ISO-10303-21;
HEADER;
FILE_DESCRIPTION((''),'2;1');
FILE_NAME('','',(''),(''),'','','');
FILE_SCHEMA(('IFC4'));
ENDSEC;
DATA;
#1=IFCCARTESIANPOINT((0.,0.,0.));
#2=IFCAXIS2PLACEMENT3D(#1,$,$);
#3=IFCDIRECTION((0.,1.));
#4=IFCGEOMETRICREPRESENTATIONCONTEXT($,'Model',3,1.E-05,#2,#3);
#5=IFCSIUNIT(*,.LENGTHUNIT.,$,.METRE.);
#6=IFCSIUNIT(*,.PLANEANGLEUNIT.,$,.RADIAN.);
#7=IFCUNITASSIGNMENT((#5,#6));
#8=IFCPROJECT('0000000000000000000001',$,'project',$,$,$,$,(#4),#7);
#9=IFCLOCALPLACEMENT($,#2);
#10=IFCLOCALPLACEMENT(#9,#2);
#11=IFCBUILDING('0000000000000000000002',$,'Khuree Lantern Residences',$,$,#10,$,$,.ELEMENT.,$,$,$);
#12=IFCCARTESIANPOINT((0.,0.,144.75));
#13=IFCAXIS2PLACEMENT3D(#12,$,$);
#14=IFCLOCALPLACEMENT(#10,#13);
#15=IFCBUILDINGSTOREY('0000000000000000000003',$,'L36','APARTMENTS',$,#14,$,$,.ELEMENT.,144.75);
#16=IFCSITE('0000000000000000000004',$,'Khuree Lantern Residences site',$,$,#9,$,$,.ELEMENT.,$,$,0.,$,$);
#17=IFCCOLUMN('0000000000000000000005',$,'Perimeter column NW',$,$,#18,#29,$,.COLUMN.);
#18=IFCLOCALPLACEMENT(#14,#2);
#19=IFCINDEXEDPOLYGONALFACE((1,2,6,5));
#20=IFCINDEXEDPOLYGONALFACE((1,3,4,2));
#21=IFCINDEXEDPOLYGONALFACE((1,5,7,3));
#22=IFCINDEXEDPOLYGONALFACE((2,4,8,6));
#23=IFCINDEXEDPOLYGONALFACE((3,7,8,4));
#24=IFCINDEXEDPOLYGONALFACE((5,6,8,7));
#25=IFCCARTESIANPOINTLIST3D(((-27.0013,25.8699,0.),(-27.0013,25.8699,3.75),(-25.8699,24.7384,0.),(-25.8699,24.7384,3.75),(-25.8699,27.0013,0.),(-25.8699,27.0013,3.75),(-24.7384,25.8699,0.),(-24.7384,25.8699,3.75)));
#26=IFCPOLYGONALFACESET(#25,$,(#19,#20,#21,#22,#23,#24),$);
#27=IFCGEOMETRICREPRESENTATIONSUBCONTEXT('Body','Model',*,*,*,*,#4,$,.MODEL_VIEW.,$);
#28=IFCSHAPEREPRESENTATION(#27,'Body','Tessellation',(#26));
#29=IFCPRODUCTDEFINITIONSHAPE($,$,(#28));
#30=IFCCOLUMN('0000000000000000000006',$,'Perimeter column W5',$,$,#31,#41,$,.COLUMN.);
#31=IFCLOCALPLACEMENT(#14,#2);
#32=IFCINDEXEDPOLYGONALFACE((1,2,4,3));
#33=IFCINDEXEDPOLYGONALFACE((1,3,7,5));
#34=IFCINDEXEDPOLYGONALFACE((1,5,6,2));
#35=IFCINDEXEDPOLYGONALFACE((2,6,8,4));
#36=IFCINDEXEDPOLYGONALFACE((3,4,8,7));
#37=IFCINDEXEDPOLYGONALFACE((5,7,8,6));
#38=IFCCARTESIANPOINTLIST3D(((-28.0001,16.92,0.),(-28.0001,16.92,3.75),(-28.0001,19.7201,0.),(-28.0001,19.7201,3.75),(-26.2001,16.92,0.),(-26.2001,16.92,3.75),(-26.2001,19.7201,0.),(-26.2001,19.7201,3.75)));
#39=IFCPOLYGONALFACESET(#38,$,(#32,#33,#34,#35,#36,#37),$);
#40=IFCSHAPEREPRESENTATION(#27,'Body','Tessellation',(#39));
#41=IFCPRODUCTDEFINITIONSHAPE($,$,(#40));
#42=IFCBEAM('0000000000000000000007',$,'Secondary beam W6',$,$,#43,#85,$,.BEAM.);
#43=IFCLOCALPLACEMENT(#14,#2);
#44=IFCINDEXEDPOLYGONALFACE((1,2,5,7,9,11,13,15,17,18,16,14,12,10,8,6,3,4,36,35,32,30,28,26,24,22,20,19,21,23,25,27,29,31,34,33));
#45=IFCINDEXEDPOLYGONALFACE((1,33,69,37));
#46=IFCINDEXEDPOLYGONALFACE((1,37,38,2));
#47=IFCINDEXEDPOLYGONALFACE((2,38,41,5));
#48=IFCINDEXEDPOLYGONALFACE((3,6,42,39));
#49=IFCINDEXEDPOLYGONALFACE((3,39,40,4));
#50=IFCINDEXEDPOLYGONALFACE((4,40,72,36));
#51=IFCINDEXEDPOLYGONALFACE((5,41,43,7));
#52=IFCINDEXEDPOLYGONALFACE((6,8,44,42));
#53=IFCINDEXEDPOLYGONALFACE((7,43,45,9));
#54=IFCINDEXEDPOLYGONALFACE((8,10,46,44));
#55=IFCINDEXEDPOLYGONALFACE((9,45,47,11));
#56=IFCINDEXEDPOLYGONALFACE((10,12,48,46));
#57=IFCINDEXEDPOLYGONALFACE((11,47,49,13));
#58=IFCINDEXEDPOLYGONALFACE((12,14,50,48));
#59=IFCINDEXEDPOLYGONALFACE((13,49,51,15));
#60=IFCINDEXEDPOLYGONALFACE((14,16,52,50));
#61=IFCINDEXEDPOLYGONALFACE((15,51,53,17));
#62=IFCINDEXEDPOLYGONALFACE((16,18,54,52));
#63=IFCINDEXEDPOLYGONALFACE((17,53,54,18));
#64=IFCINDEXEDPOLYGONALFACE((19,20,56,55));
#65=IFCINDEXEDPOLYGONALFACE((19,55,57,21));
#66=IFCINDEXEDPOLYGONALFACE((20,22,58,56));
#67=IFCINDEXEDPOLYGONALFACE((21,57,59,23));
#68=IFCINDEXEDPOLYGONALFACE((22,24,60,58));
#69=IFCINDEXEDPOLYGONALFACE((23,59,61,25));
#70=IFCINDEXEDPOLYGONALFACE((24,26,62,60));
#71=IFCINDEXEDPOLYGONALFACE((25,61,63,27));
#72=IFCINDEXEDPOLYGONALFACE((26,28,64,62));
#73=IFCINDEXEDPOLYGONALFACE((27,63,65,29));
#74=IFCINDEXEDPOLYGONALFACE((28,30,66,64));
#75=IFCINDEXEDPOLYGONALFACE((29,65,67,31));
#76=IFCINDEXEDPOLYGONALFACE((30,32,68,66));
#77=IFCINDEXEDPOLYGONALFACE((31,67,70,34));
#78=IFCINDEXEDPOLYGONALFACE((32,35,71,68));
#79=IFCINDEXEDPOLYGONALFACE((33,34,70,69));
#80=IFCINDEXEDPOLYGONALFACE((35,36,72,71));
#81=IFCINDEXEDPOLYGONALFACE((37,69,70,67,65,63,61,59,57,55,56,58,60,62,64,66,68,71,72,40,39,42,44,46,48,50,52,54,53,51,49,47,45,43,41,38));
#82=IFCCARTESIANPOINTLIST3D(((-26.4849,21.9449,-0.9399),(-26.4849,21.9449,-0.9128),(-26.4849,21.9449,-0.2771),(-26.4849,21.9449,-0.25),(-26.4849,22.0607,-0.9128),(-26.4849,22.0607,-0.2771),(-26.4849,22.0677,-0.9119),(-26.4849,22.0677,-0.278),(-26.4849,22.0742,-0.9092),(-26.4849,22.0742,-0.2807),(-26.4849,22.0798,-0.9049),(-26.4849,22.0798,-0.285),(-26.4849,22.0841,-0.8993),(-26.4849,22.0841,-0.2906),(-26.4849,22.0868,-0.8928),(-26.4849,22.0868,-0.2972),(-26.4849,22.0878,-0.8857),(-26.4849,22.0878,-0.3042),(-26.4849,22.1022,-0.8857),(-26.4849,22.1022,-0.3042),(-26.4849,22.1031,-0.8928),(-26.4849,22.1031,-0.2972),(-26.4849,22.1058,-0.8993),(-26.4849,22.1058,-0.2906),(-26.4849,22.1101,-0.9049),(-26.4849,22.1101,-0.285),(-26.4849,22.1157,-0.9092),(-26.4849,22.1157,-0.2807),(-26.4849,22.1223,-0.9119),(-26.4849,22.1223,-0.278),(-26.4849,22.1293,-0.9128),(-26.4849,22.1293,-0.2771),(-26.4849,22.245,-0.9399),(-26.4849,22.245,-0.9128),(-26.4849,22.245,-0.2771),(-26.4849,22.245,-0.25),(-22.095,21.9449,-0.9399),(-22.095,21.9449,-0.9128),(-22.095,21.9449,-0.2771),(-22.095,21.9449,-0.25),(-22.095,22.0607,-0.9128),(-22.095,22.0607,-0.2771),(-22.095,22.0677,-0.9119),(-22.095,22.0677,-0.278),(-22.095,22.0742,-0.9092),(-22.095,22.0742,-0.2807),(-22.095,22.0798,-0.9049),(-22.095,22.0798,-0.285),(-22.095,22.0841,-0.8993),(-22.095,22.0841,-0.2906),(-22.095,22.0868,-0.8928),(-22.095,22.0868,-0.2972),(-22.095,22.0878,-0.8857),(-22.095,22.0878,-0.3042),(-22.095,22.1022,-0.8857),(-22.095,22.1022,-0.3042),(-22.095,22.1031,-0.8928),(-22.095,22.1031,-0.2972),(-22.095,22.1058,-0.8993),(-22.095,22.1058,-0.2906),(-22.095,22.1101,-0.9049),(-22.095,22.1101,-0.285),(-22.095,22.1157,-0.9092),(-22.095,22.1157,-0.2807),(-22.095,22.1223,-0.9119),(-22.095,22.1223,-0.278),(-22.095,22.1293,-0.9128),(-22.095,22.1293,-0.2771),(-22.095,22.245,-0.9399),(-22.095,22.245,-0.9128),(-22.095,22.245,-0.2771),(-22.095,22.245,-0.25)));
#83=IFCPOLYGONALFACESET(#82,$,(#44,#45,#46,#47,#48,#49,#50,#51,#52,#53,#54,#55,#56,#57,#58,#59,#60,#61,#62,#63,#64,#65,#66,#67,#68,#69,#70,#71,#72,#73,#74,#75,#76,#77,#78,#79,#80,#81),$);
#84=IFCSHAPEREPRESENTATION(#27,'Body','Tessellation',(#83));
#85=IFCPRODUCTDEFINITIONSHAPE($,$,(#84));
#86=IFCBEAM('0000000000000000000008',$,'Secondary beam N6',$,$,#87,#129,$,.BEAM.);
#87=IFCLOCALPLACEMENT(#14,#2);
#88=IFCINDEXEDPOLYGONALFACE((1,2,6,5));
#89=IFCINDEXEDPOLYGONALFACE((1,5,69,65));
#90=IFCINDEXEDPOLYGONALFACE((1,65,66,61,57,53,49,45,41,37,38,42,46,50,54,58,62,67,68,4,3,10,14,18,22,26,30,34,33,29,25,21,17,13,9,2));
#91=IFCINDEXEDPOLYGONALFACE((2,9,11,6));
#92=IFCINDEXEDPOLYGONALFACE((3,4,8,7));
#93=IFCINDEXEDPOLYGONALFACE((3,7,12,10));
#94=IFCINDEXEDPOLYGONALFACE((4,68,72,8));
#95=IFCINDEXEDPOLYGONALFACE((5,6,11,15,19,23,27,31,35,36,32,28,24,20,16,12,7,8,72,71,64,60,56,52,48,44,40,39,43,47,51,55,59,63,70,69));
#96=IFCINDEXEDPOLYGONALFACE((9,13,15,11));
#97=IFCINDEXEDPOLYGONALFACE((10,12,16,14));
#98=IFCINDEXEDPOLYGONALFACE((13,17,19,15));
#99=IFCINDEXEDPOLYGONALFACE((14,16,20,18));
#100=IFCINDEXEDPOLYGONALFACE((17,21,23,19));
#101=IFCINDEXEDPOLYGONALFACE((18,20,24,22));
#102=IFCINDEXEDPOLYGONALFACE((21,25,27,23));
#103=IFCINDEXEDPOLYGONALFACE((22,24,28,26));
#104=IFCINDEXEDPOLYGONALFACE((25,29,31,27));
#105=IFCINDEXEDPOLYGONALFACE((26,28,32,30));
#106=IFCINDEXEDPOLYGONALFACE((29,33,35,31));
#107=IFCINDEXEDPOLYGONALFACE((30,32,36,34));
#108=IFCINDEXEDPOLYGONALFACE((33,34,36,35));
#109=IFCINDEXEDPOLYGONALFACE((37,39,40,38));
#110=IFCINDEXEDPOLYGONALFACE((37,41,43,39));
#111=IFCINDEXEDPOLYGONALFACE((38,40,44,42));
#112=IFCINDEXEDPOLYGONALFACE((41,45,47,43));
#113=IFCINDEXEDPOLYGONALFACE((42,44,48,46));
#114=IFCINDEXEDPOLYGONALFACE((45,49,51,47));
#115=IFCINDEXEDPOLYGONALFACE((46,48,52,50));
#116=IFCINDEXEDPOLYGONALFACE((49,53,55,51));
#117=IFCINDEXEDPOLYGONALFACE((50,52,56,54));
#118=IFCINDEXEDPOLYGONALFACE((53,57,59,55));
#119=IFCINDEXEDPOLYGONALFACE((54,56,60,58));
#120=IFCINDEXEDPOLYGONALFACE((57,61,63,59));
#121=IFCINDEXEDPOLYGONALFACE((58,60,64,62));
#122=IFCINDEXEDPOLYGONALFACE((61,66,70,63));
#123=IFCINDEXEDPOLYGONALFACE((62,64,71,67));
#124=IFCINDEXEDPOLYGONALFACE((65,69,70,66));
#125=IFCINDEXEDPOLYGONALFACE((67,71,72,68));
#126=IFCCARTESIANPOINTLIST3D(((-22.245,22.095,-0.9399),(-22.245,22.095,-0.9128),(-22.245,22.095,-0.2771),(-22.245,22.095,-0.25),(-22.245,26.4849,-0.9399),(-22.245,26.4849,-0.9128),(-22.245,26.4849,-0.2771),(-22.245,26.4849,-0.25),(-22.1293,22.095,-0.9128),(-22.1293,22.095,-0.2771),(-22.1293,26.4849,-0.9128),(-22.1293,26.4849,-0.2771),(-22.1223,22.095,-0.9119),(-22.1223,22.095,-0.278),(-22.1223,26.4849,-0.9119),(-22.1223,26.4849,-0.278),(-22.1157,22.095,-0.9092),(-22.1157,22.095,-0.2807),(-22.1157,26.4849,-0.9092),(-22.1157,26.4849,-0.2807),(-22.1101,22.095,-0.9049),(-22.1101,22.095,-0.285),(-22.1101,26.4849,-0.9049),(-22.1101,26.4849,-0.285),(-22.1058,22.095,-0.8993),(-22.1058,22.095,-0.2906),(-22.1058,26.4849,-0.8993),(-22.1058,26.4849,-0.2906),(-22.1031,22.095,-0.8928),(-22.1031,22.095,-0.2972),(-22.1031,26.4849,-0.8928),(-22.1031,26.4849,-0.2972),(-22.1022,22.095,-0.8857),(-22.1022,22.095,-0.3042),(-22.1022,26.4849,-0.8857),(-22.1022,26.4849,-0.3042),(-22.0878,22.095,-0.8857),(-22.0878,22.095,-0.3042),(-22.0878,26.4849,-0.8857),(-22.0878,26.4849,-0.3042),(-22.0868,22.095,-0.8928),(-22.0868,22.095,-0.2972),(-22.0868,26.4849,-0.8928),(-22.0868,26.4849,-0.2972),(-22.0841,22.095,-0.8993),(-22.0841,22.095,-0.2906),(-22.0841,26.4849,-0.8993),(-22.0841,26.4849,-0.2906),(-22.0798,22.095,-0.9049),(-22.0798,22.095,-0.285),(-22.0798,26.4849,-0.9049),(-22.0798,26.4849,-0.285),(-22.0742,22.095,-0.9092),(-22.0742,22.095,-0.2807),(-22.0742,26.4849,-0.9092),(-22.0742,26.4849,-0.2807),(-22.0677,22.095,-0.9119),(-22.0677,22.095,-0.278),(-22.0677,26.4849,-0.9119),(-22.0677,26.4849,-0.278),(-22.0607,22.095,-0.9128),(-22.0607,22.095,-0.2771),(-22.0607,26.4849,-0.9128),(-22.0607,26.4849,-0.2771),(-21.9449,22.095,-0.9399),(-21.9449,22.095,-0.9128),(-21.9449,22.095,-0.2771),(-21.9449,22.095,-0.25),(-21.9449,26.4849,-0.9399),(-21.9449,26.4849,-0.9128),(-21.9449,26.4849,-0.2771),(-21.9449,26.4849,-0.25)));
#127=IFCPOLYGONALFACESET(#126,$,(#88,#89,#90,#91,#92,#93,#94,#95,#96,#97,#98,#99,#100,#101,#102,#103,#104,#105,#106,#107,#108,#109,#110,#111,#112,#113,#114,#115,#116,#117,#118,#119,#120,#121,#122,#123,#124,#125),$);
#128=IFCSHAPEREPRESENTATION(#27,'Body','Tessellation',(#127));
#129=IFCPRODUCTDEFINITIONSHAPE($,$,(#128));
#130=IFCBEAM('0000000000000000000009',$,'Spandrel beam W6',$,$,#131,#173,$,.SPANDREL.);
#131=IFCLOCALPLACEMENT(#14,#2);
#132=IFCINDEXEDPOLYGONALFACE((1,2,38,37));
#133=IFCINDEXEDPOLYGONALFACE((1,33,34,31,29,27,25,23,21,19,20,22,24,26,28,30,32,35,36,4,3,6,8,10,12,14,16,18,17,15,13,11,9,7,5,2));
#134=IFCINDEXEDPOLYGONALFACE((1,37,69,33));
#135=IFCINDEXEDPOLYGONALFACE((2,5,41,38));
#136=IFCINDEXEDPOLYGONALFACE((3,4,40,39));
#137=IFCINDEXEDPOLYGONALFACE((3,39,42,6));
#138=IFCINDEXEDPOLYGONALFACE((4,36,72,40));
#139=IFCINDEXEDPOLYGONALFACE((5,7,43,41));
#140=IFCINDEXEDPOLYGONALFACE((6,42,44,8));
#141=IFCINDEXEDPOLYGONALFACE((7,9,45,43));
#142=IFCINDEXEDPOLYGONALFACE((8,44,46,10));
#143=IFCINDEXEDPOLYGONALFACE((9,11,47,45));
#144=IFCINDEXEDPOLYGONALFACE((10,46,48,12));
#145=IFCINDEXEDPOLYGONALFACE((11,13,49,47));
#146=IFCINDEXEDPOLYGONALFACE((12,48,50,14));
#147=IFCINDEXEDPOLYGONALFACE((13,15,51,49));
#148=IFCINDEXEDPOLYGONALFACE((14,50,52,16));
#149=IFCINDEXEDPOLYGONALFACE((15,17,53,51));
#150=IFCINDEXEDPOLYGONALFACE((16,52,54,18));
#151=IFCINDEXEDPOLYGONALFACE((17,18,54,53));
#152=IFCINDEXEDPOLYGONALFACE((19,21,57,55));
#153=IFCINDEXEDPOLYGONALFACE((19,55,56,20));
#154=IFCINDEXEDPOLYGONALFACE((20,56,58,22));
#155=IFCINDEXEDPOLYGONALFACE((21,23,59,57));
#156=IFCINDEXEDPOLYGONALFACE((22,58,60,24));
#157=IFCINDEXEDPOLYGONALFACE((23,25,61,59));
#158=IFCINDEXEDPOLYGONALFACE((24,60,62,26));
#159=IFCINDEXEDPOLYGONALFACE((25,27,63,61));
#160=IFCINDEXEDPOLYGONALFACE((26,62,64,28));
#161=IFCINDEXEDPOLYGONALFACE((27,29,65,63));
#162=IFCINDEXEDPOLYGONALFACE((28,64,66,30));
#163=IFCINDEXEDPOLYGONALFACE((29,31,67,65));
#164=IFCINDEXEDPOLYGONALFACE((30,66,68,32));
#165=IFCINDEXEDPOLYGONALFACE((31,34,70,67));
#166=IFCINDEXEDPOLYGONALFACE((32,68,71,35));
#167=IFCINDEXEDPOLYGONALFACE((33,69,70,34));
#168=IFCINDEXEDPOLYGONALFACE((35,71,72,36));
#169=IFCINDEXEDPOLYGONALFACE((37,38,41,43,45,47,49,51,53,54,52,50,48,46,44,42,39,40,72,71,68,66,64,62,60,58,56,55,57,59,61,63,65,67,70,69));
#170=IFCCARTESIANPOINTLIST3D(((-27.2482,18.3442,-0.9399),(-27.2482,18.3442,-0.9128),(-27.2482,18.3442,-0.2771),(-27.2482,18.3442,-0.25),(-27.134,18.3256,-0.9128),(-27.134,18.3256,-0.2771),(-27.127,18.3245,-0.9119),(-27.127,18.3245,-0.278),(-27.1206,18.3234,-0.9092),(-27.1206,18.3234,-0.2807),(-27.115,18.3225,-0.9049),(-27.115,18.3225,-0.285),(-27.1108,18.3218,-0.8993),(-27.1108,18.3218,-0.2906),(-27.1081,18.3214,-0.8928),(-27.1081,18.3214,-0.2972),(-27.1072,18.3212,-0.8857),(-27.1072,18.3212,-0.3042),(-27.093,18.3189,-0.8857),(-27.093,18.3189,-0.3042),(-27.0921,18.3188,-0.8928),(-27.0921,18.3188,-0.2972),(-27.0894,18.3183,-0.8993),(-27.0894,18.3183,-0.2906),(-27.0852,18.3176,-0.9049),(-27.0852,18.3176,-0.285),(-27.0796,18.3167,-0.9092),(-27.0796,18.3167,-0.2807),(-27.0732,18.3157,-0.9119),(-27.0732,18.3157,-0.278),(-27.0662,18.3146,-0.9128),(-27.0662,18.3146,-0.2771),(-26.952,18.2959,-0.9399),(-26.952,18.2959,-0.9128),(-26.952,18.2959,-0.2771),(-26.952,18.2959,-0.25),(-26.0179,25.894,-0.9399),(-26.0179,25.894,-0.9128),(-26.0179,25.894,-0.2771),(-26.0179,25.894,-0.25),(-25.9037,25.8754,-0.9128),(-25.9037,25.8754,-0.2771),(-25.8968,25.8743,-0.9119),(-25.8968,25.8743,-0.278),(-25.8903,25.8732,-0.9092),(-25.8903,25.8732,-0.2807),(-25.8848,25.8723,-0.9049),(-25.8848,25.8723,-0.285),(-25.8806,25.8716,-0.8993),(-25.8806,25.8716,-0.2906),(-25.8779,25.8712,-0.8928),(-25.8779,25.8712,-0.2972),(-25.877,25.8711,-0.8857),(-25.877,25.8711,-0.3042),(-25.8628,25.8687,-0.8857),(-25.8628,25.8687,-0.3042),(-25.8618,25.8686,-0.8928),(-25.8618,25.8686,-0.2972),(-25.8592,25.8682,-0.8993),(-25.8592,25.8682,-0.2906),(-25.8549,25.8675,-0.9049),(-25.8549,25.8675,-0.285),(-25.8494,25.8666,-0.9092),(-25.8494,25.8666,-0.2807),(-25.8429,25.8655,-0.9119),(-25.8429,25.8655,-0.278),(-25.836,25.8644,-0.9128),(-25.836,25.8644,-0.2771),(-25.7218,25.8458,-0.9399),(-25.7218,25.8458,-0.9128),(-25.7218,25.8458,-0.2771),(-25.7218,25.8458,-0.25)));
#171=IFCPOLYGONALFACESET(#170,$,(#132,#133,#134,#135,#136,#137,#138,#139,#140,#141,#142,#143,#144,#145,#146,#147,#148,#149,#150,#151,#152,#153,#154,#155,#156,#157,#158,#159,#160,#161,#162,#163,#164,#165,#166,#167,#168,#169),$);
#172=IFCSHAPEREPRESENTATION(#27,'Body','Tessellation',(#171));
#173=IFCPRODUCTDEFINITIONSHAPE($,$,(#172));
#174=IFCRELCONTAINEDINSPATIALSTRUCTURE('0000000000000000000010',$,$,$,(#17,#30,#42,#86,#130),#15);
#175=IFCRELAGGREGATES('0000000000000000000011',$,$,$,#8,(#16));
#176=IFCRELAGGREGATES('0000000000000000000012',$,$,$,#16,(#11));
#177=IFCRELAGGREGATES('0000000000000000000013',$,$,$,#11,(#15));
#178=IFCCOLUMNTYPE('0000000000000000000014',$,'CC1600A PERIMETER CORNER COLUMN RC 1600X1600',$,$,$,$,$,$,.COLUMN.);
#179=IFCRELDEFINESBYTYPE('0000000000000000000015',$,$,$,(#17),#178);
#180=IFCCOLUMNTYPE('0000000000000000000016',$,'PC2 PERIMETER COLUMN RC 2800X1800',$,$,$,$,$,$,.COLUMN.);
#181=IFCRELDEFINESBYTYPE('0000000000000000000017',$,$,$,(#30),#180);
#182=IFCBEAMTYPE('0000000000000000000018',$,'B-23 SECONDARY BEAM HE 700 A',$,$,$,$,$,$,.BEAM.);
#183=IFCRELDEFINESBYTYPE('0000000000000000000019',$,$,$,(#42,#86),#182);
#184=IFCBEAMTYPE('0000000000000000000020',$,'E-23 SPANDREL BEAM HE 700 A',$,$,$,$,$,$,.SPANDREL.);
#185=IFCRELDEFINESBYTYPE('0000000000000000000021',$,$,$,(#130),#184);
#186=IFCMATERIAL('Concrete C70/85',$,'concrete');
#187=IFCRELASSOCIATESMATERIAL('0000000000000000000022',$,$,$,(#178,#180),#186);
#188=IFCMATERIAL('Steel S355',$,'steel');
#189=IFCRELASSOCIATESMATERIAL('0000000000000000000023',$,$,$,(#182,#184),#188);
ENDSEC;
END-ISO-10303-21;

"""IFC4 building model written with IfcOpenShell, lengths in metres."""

from ifc_helpers import new_model, si_unit, direction, frame, origin, origin_2d, place, context, subcontext, project, spatial, rectangle, i_section, extrude, material, material_profile, profile_set, type_object, element, save


model = new_model("IFC4")

# Units and contexts
model_context = context("Model", 3, precision=1e-05, world=origin(), true_north=direction((0.0, 1.0)))
body_context = subcontext(model_context, "Body", "Model", "MODEL_VIEW")
ifc_project = project(units=[si_unit("LENGTHUNIT", "METRE"), si_unit("PLANEANGLEUNIT", "RADIAN")], contexts=[model_context])

# Site, building, storey
site_placement = place(None, origin())
site = spatial("IfcSite", under=ifc_project, at=site_placement, Name="Khuree Lantern Residences site", CompositionType="ELEMENT", RefElevation=0.0)
building_placement = place(site_placement, origin())
building = spatial("IfcBuilding", under=site, at=building_placement, Name="Khuree Lantern Residences", CompositionType="ELEMENT")
storey_placement = place(building_placement, frame((0.0, 0.0, 144.75)))
storey = spatial("IfcBuildingStorey", under=building, at=storey_placement, Name="L36", Description="APARTMENTS", CompositionType="ELEMENT", Elevation=144.75)

# Columns
ifc_material_1 = material(Name="Concrete C70/85", Category="concrete")
ifc_material_profile_1 = material_profile(ifc_material_1, rectangle(XDim=1.6001, YDim=1.6001, at=origin_2d()), Name="RC 1600X1600")
ifc_profile_set_1 = profile_set([ifc_material_profile_1], Name="Concrete C70/85")
column_type_1 = type_object("IfcColumnType", Name="CC1600A PERIMETER CORNER COLUMN RC 1600X1600", PredefinedType="COLUMN", material=ifc_profile_set_1)
column_1_placement = place(storey_placement, frame((-25.8699, 25.8699, 0.0), z_axis=(0.0, 0.0, 1.0), x_axis=(0.707107, 0.707107, 0.0)))
element("IfcColumn", 1, at=column_1_placement, inside=storey, type_object=column_type_1, Name="Perimeter column NW", PredefinedType="COLUMN", context=body_context, shape_type="SweptSolid", body=[
    extrude(rectangle(XDim=1.6001, YDim=1.6001, at=origin_2d()), origin(), (0.0, 0.0, 1.0), 3.75),
])
ifc_material_profile_2 = material_profile(ifc_material_1, rectangle(XDim=2.8, YDim=1.8, at=origin_2d()), Name="RC 2800X1800")
ifc_profile_set_2 = profile_set([ifc_material_profile_2], Name="Concrete C70/85")
column_type_2 = type_object("IfcColumnType", Name="PC2 PERIMETER COLUMN RC 2800X1800", PredefinedType="COLUMN", material=ifc_profile_set_2)
column_2_placement = place(storey_placement, frame((-27.1001, 18.3201, 0.0), z_axis=(0.0, 0.0, 1.0), x_axis=(0.0, 1.0, 0.0)))
element("IfcColumn", 2, at=column_2_placement, inside=storey, type_object=column_type_2, Name="Perimeter column W5", PredefinedType="COLUMN", context=body_context, shape_type="SweptSolid", body=[
    extrude(rectangle(XDim=2.8, YDim=1.8, at=origin_2d()), origin(), (0.0, 0.0, 1.0), 3.75),
])

# Beams
ifc_material_2 = material(Name="Steel S355", Category="steel")
ifc_material_profile_3 = material_profile(ifc_material_2, i_section(OverallWidth=0.3, OverallDepth=0.6899, WebThickness=0.0144, FlangeThickness=0.0271, FilletRadius=0.0271, at=origin_2d()), Name="HE 700 A")
ifc_profile_set_3 = profile_set([ifc_material_profile_3], Name="Steel S355")
beam_type_1 = type_object("IfcBeamType", Name="B-23 SECONDARY BEAM HE 700 A", PredefinedType="BEAM", material=ifc_profile_set_3)
for number, where, z_axis, x_axis, name in (
    (3, (-26.4849, 22.095, -0.595), (1.0, 0.0, 0.0), (0.0, 1.0, 0.0), "Secondary beam W6"),
    (4, (-22.095, 26.4849, -0.595), (0.0, -1.0, 0.0), (1.0, 0.0, 0.0), "Secondary beam N6"),
):
    element("IfcBeam", number, at=place(storey_placement, frame(where, z_axis=z_axis, x_axis=x_axis)), inside=storey, type_object=beam_type_1, Name=name, PredefinedType="BEAM", context=body_context, shape_type="SweptSolid", body=[
        extrude(i_section(OverallWidth=0.3, OverallDepth=0.6899, WebThickness=0.0144, FlangeThickness=0.0271, FilletRadius=0.0271, at=origin_2d()), origin(), (0.0, 0.0, 1.0), 4.3899),
    ])
ifc_material_profile_4 = material_profile(ifc_material_2, i_section(OverallWidth=0.3, OverallDepth=0.6899, WebThickness=0.0144, FlangeThickness=0.0271, FilletRadius=0.0271, at=origin_2d()), Name="HE 700 A")
ifc_profile_set_4 = profile_set([ifc_material_profile_4], Name="Steel S355")
beam_type_2 = type_object("IfcBeamType", Name="E-23 SPANDREL BEAM HE 700 A", PredefinedType="SPANDREL", material=ifc_profile_set_4)
for number, where, z_axis, x_axis, name in (
    (5, (-27.1001, 18.3201, -0.595), (0.160827, 0.986983, 0.0), (-0.986983, 0.160827, 0.0), "Spandrel beam W6"),
):
    element("IfcBeam", number, at=place(storey_placement, frame(where, z_axis=z_axis, x_axis=x_axis)), inside=storey, type_object=beam_type_2, Name=name, PredefinedType="SPANDREL", context=body_context, shape_type="SweptSolid", body=[
        extrude(i_section(OverallWidth=0.3, OverallDepth=0.6899, WebThickness=0.0144, FlangeThickness=0.0271, FilletRadius=0.0271, at=origin_2d()), origin(), (0.0, 0.0, 1.0), 7.6494),
    ])

save(model, "model.ifc")
